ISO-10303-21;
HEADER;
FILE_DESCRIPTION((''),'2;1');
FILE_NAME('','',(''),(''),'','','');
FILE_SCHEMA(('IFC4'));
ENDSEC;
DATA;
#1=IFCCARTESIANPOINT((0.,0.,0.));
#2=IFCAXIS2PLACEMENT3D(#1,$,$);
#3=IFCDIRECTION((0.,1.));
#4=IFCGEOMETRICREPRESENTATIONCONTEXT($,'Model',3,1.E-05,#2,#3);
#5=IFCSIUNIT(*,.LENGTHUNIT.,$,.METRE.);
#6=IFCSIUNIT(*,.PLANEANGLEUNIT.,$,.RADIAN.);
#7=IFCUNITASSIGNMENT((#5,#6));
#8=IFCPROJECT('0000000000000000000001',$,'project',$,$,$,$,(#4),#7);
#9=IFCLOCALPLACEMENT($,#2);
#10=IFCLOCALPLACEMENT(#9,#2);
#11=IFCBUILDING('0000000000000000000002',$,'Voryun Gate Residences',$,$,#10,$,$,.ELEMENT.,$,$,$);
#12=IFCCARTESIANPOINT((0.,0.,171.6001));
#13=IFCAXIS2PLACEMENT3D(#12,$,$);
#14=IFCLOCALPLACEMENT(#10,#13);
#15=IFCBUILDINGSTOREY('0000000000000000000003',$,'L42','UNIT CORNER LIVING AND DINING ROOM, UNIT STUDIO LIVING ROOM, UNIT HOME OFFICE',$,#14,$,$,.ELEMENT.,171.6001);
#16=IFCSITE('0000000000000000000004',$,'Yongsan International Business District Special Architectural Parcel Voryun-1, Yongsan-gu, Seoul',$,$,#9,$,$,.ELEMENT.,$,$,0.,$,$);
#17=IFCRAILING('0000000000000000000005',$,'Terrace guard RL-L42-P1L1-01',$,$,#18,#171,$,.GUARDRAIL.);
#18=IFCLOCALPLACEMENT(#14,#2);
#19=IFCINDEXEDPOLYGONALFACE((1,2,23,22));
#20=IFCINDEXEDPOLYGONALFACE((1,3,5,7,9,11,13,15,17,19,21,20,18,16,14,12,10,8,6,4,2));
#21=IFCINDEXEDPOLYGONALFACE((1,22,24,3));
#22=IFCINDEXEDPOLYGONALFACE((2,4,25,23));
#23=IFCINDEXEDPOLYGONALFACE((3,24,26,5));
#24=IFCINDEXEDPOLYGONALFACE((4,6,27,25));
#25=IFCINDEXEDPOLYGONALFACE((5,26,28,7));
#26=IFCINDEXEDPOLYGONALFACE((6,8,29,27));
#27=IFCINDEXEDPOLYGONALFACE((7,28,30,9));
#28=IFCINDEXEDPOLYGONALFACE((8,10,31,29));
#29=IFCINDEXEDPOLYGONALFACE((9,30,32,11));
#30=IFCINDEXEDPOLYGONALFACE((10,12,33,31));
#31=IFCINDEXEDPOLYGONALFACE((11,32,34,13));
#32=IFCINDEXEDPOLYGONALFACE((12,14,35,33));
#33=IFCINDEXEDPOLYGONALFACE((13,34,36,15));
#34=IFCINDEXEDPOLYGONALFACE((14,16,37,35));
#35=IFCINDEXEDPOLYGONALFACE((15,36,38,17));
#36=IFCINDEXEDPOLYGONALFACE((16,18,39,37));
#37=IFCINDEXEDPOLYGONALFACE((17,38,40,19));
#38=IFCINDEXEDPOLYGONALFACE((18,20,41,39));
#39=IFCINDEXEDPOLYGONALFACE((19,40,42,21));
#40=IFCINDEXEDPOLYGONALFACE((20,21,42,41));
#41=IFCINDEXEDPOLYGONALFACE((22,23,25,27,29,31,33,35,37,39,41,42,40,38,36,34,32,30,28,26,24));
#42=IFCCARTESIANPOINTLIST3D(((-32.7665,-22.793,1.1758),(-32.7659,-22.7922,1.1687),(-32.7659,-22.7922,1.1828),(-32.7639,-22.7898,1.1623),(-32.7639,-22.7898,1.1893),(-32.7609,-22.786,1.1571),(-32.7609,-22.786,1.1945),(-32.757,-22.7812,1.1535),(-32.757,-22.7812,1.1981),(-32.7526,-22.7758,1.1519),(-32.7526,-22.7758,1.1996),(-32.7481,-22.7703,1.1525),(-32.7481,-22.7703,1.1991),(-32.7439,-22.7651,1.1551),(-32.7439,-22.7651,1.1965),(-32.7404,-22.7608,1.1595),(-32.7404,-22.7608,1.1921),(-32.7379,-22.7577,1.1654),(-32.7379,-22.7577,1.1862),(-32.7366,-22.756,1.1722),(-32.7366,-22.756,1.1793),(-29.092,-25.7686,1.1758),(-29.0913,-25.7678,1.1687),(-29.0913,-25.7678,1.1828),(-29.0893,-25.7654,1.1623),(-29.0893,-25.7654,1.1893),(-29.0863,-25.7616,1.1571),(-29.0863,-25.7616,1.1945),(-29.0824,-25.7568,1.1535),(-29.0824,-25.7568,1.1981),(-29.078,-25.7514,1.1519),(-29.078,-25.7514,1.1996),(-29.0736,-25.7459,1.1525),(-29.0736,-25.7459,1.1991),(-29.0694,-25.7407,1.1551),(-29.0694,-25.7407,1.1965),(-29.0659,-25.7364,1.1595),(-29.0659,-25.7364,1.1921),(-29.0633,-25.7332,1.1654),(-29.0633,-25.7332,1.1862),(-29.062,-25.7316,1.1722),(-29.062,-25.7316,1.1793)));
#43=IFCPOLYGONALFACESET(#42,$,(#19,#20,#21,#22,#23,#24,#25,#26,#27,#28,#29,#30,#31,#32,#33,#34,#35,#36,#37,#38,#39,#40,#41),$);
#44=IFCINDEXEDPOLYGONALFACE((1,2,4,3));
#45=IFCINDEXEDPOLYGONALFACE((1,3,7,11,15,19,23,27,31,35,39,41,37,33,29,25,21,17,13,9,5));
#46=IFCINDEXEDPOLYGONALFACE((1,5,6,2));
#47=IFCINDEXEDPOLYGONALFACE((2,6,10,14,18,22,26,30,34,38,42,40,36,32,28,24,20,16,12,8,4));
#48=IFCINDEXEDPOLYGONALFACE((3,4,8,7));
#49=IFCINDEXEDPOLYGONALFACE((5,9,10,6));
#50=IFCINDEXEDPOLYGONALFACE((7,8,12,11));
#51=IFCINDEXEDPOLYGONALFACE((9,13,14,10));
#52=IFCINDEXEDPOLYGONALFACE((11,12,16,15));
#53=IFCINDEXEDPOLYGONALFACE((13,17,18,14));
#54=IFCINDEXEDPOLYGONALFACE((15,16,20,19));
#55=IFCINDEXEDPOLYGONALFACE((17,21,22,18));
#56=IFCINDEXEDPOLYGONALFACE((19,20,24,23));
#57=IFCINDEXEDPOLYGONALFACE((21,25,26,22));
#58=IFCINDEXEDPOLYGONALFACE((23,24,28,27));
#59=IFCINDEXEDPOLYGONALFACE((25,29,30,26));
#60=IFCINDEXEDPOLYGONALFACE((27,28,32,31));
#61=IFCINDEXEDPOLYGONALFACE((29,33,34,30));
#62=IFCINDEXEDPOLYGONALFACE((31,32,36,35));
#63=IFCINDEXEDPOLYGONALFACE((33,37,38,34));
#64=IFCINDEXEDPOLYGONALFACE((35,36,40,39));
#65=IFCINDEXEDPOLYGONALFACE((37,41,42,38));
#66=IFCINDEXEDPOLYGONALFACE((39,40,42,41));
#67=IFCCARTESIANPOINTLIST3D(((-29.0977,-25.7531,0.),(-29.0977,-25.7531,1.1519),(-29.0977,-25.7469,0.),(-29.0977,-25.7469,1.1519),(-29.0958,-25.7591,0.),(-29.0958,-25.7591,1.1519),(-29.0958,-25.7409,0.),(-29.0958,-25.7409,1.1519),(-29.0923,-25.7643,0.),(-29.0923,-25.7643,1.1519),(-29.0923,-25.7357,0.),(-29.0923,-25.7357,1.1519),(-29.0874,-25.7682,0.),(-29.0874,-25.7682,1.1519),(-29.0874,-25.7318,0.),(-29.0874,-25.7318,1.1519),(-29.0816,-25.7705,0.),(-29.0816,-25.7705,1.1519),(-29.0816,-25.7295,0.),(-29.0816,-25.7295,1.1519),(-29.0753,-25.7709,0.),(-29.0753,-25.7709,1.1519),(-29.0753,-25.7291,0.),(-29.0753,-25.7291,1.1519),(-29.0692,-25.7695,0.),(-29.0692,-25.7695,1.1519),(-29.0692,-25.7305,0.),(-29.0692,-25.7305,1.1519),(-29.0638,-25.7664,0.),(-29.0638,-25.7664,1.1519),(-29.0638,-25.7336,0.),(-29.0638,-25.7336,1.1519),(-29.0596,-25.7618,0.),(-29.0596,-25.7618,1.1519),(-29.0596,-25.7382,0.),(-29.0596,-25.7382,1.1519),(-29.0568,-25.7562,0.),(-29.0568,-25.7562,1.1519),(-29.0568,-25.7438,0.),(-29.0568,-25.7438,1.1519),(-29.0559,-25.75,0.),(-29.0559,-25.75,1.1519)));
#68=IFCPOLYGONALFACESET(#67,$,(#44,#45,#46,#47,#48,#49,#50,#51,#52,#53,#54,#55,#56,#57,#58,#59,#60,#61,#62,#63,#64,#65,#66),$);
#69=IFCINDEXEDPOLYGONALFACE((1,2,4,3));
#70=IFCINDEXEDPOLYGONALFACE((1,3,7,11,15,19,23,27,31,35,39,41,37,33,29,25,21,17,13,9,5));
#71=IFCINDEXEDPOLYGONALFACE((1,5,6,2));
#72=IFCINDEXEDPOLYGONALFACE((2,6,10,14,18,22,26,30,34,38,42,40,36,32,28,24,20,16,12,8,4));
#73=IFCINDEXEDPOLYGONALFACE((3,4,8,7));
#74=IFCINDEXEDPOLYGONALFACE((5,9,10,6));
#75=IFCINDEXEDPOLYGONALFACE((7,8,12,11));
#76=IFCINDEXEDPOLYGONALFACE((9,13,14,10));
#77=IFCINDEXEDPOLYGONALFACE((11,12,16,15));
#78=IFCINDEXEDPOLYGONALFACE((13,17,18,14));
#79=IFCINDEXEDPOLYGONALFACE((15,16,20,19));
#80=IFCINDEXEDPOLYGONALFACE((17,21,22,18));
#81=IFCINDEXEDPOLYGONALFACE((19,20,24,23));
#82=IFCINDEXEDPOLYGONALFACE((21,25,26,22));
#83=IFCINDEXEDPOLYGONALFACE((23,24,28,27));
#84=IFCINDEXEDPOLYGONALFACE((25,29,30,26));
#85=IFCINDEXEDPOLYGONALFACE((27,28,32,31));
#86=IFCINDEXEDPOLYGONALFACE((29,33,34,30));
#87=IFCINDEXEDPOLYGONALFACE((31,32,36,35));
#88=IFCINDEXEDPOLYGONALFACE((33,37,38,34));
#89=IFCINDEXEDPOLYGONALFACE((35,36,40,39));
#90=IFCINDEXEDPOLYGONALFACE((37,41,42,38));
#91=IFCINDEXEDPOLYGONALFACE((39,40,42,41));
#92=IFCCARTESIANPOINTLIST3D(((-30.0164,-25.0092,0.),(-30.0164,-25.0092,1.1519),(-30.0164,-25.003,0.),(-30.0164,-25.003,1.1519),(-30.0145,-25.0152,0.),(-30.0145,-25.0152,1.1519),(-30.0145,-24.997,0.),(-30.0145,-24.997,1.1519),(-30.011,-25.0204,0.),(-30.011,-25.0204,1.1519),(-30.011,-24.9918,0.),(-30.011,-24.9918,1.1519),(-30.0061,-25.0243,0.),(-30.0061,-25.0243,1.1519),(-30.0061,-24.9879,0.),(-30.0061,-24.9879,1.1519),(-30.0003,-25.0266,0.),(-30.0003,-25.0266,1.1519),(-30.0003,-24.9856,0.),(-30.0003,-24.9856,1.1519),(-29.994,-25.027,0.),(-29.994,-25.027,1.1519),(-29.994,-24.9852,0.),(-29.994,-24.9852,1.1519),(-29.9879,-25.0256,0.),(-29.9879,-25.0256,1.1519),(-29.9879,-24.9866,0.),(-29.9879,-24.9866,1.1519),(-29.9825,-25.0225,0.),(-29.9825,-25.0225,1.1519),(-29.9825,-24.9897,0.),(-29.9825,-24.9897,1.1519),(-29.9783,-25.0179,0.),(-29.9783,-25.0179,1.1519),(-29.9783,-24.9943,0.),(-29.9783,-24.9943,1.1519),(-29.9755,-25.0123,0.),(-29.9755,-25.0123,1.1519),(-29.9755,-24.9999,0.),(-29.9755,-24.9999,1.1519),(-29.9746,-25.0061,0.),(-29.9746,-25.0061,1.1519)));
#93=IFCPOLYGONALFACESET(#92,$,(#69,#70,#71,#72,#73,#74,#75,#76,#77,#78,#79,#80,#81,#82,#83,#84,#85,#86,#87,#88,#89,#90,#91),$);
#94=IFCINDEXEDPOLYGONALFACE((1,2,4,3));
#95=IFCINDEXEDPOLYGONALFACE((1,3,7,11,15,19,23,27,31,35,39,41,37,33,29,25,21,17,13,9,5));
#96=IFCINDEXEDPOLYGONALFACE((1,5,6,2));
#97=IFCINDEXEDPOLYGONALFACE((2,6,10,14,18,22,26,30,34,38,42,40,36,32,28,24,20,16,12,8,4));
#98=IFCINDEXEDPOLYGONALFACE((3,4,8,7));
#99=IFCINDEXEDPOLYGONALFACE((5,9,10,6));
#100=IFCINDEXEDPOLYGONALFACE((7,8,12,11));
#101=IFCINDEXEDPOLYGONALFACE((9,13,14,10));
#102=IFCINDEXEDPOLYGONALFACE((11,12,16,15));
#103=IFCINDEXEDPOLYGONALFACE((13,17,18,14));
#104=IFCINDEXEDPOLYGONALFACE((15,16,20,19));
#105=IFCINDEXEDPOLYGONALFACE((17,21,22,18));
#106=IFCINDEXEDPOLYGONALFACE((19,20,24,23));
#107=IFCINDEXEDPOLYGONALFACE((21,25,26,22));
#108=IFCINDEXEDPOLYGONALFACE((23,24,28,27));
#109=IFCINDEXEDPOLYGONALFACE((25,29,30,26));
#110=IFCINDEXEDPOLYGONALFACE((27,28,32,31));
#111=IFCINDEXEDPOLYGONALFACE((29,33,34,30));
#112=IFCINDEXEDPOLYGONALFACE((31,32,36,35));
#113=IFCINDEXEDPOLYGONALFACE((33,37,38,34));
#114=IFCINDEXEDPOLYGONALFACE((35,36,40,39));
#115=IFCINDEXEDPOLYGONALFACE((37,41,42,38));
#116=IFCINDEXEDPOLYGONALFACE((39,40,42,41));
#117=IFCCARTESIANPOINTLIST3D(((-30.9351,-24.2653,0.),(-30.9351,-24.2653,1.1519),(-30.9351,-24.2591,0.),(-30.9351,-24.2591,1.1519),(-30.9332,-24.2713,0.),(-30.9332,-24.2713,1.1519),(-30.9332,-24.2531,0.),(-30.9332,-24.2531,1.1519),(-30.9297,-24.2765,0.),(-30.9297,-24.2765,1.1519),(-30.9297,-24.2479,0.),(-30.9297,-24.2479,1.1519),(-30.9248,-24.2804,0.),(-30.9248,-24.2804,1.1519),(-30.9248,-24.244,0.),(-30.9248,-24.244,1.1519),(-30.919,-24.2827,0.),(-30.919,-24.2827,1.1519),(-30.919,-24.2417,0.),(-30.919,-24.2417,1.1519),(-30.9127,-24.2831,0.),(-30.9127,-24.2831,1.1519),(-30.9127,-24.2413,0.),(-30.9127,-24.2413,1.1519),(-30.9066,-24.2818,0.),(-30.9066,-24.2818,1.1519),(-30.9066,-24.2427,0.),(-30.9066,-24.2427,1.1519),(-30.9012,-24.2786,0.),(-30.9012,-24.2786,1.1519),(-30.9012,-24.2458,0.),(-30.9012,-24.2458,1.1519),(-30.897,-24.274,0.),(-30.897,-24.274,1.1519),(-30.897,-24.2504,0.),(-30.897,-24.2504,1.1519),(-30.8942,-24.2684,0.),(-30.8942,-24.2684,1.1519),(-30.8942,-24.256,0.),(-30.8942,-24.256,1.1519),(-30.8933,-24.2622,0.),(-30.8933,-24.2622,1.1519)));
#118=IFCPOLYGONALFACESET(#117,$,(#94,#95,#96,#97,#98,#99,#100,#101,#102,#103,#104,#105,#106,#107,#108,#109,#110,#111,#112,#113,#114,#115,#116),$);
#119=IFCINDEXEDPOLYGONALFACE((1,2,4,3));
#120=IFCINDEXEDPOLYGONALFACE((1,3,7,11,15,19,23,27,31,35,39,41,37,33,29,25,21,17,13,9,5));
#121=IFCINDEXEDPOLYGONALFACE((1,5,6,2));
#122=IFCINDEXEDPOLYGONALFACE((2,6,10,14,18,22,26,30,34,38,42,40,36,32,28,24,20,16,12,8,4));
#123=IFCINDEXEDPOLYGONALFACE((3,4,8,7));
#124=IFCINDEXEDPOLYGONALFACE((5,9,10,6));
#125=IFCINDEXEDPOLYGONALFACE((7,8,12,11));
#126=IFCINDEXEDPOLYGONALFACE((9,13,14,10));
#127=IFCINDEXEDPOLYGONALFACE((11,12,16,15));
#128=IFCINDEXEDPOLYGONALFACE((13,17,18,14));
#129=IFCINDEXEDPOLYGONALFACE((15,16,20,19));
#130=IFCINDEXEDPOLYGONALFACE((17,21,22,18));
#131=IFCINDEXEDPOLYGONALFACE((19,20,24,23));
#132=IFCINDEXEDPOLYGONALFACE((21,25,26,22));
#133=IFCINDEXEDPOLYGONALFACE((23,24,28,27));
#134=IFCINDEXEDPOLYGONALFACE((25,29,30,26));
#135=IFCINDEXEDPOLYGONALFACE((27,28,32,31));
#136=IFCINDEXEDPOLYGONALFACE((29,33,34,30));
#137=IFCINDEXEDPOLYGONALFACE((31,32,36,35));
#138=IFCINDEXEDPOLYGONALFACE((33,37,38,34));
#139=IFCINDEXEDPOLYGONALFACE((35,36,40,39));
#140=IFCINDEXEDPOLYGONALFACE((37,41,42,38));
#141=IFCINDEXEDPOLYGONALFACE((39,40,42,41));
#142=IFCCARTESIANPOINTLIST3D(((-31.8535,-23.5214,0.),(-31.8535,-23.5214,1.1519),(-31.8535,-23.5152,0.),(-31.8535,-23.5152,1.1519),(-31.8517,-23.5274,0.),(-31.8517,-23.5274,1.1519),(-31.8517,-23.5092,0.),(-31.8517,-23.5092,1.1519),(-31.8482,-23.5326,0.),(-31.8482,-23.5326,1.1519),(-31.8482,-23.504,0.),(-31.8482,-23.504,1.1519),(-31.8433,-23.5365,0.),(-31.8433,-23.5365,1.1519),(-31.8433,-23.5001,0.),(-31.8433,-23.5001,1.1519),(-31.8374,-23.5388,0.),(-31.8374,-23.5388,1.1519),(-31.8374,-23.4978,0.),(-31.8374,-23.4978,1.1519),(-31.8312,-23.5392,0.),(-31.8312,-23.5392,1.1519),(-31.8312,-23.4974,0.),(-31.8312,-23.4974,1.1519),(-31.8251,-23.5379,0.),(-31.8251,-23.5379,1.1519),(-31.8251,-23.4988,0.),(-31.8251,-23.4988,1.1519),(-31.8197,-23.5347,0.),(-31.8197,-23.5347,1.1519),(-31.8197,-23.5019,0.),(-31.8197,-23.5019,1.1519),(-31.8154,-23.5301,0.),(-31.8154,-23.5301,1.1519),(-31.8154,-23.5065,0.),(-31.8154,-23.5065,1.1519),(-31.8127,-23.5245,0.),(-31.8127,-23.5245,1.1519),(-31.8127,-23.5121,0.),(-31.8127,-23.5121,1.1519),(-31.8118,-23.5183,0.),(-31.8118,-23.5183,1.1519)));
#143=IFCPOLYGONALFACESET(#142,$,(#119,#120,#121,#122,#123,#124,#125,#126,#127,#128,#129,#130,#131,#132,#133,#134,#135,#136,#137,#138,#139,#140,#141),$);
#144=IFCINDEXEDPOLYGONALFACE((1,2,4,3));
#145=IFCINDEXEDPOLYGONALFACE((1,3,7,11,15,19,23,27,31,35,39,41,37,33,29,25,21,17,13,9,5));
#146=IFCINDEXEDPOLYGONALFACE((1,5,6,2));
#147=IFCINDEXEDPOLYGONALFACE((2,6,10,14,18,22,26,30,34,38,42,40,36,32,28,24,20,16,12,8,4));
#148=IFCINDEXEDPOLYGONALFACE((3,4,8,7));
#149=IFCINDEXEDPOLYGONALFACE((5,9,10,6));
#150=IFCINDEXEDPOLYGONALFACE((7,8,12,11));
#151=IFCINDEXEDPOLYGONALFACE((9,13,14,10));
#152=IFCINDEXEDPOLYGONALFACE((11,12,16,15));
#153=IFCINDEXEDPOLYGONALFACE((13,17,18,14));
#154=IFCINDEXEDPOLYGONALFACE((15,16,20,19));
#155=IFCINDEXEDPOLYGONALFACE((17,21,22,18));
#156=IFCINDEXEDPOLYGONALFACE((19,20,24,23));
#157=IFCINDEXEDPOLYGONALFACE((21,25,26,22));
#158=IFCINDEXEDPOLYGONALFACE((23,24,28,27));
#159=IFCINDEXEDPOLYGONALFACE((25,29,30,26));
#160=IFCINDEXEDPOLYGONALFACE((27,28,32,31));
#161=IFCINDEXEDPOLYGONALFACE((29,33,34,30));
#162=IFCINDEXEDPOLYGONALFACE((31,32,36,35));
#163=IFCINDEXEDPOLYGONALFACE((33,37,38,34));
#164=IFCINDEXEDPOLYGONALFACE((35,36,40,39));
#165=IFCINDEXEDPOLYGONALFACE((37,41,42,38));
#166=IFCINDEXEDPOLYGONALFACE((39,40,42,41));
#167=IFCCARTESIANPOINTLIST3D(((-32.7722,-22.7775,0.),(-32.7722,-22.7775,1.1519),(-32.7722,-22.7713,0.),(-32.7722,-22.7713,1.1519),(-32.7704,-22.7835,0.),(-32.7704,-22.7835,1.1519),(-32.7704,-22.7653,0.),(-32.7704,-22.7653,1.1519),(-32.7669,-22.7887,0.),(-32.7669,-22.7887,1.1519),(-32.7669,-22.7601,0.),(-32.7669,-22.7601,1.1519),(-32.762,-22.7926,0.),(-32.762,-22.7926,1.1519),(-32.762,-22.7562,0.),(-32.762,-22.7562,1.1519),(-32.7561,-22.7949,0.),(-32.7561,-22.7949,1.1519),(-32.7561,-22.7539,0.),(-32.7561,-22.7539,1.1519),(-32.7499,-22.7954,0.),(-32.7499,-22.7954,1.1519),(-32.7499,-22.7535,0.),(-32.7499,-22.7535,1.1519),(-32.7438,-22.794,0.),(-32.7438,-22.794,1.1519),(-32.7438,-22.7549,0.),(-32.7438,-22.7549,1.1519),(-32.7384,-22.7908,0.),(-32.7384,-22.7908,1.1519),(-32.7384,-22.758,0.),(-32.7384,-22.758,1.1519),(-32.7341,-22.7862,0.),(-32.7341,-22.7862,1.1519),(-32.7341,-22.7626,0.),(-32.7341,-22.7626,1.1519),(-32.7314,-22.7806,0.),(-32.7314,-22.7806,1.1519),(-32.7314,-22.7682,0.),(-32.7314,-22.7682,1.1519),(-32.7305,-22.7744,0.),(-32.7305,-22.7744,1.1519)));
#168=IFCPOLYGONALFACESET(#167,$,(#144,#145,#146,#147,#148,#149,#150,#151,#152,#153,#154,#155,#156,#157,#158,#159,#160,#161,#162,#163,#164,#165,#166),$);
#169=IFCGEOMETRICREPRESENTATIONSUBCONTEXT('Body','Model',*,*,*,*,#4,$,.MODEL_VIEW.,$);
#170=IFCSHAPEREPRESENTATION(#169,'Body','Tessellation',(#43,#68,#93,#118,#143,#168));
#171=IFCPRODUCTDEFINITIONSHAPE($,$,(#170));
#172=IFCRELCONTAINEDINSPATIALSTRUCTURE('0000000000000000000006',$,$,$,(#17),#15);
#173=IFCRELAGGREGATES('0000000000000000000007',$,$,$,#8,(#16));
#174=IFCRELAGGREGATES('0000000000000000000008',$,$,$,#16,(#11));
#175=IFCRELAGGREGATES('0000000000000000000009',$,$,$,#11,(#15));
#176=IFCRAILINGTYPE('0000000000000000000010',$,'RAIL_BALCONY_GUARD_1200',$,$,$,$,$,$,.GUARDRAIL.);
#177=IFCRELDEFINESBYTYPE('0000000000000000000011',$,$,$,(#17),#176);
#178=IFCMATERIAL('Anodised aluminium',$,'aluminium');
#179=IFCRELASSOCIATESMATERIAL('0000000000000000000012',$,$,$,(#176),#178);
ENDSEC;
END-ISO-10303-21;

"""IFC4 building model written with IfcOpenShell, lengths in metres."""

from ifc_helpers import new_model, si_unit, direction, frame, origin, origin_2d, place, context, subcontext, project, spatial, circle, extrude, material, type_object, element, save


model = new_model("IFC4")

# Units and contexts
model_context = context("Model", 3, precision=1e-05, world=origin(), true_north=direction((0.0, 1.0)))
body_context = subcontext(model_context, "Body", "Model", "MODEL_VIEW")
ifc_project = project(units=[si_unit("LENGTHUNIT", "METRE"), si_unit("PLANEANGLEUNIT", "RADIAN")], contexts=[model_context])

# Site, building, storey
site_placement = place(None, origin())
site = spatial("IfcSite", under=ifc_project, at=site_placement, Name="Yongsan International Business District Special Architectural Parcel Voryun-1, Yongsan-gu, Seoul", CompositionType="ELEMENT", RefElevation=0.0)
building_placement = place(site_placement, origin())
building = spatial("IfcBuilding", under=site, at=building_placement, Name="Voryun Gate Residences", CompositionType="ELEMENT")
storey_placement = place(building_placement, frame((0.0, 0.0, 171.6001)))
storey = spatial("IfcBuildingStorey", under=building, at=storey_placement, Name="L42", Description="UNIT CORNER LIVING AND DINING ROOM, UNIT STUDIO LIVING ROOM, UNIT HOME OFFICE", CompositionType="ELEMENT", Elevation=171.6001)

# Railing
ifc_material_1 = material(Name="Anodised aluminium", Category="aluminium")
railing_type = type_object("IfcRailingType", Name="RAIL_BALCONY_GUARD_1200", PredefinedType="GUARDRAIL", material=ifc_material_1)
railing_1_placement = place(storey_placement, frame((-29.0769, -25.75, 0.0)))
element("IfcRailing", 1, at=railing_1_placement, inside=storey, type_object=railing_type, Name="Terrace guard RL-L42-P1L1-01", PredefinedType="GUARDRAIL", context=body_context, shape_type="SweptSolid", body=[
    extrude(circle(Radius=0.0239, at=origin_2d()), frame((0.0, 0.0, 1.1758), z_axis=(-0.777147, 0.629319, 0.0), x_axis=(-0.629319, -0.777147, 0.0)), (0.0, 0.0, 1.0), 4.7283),
    extrude(circle(Radius=0.021, at=origin_2d()), origin(), (0.0, 0.0, 1.0), 1.1519),
    extrude(circle(Radius=0.021, at=origin_2d()), frame((-0.9187, 0.7439, 0.0)), (0.0, 0.0, 1.0), 1.1519),
    extrude(circle(Radius=0.021, at=origin_2d()), frame((-1.8374, 1.4878, 0.0)), (0.0, 0.0, 1.0), 1.1519),
    extrude(circle(Radius=0.021, at=origin_2d()), frame((-2.7559, 2.2317, 0.0)), (0.0, 0.0, 1.0), 1.1519),
    extrude(circle(Radius=0.021, at=origin_2d()), frame((-3.6746, 2.9756, 0.0)), (0.0, 0.0, 1.0), 1.1519),
])

save(model, "model.ifc")
